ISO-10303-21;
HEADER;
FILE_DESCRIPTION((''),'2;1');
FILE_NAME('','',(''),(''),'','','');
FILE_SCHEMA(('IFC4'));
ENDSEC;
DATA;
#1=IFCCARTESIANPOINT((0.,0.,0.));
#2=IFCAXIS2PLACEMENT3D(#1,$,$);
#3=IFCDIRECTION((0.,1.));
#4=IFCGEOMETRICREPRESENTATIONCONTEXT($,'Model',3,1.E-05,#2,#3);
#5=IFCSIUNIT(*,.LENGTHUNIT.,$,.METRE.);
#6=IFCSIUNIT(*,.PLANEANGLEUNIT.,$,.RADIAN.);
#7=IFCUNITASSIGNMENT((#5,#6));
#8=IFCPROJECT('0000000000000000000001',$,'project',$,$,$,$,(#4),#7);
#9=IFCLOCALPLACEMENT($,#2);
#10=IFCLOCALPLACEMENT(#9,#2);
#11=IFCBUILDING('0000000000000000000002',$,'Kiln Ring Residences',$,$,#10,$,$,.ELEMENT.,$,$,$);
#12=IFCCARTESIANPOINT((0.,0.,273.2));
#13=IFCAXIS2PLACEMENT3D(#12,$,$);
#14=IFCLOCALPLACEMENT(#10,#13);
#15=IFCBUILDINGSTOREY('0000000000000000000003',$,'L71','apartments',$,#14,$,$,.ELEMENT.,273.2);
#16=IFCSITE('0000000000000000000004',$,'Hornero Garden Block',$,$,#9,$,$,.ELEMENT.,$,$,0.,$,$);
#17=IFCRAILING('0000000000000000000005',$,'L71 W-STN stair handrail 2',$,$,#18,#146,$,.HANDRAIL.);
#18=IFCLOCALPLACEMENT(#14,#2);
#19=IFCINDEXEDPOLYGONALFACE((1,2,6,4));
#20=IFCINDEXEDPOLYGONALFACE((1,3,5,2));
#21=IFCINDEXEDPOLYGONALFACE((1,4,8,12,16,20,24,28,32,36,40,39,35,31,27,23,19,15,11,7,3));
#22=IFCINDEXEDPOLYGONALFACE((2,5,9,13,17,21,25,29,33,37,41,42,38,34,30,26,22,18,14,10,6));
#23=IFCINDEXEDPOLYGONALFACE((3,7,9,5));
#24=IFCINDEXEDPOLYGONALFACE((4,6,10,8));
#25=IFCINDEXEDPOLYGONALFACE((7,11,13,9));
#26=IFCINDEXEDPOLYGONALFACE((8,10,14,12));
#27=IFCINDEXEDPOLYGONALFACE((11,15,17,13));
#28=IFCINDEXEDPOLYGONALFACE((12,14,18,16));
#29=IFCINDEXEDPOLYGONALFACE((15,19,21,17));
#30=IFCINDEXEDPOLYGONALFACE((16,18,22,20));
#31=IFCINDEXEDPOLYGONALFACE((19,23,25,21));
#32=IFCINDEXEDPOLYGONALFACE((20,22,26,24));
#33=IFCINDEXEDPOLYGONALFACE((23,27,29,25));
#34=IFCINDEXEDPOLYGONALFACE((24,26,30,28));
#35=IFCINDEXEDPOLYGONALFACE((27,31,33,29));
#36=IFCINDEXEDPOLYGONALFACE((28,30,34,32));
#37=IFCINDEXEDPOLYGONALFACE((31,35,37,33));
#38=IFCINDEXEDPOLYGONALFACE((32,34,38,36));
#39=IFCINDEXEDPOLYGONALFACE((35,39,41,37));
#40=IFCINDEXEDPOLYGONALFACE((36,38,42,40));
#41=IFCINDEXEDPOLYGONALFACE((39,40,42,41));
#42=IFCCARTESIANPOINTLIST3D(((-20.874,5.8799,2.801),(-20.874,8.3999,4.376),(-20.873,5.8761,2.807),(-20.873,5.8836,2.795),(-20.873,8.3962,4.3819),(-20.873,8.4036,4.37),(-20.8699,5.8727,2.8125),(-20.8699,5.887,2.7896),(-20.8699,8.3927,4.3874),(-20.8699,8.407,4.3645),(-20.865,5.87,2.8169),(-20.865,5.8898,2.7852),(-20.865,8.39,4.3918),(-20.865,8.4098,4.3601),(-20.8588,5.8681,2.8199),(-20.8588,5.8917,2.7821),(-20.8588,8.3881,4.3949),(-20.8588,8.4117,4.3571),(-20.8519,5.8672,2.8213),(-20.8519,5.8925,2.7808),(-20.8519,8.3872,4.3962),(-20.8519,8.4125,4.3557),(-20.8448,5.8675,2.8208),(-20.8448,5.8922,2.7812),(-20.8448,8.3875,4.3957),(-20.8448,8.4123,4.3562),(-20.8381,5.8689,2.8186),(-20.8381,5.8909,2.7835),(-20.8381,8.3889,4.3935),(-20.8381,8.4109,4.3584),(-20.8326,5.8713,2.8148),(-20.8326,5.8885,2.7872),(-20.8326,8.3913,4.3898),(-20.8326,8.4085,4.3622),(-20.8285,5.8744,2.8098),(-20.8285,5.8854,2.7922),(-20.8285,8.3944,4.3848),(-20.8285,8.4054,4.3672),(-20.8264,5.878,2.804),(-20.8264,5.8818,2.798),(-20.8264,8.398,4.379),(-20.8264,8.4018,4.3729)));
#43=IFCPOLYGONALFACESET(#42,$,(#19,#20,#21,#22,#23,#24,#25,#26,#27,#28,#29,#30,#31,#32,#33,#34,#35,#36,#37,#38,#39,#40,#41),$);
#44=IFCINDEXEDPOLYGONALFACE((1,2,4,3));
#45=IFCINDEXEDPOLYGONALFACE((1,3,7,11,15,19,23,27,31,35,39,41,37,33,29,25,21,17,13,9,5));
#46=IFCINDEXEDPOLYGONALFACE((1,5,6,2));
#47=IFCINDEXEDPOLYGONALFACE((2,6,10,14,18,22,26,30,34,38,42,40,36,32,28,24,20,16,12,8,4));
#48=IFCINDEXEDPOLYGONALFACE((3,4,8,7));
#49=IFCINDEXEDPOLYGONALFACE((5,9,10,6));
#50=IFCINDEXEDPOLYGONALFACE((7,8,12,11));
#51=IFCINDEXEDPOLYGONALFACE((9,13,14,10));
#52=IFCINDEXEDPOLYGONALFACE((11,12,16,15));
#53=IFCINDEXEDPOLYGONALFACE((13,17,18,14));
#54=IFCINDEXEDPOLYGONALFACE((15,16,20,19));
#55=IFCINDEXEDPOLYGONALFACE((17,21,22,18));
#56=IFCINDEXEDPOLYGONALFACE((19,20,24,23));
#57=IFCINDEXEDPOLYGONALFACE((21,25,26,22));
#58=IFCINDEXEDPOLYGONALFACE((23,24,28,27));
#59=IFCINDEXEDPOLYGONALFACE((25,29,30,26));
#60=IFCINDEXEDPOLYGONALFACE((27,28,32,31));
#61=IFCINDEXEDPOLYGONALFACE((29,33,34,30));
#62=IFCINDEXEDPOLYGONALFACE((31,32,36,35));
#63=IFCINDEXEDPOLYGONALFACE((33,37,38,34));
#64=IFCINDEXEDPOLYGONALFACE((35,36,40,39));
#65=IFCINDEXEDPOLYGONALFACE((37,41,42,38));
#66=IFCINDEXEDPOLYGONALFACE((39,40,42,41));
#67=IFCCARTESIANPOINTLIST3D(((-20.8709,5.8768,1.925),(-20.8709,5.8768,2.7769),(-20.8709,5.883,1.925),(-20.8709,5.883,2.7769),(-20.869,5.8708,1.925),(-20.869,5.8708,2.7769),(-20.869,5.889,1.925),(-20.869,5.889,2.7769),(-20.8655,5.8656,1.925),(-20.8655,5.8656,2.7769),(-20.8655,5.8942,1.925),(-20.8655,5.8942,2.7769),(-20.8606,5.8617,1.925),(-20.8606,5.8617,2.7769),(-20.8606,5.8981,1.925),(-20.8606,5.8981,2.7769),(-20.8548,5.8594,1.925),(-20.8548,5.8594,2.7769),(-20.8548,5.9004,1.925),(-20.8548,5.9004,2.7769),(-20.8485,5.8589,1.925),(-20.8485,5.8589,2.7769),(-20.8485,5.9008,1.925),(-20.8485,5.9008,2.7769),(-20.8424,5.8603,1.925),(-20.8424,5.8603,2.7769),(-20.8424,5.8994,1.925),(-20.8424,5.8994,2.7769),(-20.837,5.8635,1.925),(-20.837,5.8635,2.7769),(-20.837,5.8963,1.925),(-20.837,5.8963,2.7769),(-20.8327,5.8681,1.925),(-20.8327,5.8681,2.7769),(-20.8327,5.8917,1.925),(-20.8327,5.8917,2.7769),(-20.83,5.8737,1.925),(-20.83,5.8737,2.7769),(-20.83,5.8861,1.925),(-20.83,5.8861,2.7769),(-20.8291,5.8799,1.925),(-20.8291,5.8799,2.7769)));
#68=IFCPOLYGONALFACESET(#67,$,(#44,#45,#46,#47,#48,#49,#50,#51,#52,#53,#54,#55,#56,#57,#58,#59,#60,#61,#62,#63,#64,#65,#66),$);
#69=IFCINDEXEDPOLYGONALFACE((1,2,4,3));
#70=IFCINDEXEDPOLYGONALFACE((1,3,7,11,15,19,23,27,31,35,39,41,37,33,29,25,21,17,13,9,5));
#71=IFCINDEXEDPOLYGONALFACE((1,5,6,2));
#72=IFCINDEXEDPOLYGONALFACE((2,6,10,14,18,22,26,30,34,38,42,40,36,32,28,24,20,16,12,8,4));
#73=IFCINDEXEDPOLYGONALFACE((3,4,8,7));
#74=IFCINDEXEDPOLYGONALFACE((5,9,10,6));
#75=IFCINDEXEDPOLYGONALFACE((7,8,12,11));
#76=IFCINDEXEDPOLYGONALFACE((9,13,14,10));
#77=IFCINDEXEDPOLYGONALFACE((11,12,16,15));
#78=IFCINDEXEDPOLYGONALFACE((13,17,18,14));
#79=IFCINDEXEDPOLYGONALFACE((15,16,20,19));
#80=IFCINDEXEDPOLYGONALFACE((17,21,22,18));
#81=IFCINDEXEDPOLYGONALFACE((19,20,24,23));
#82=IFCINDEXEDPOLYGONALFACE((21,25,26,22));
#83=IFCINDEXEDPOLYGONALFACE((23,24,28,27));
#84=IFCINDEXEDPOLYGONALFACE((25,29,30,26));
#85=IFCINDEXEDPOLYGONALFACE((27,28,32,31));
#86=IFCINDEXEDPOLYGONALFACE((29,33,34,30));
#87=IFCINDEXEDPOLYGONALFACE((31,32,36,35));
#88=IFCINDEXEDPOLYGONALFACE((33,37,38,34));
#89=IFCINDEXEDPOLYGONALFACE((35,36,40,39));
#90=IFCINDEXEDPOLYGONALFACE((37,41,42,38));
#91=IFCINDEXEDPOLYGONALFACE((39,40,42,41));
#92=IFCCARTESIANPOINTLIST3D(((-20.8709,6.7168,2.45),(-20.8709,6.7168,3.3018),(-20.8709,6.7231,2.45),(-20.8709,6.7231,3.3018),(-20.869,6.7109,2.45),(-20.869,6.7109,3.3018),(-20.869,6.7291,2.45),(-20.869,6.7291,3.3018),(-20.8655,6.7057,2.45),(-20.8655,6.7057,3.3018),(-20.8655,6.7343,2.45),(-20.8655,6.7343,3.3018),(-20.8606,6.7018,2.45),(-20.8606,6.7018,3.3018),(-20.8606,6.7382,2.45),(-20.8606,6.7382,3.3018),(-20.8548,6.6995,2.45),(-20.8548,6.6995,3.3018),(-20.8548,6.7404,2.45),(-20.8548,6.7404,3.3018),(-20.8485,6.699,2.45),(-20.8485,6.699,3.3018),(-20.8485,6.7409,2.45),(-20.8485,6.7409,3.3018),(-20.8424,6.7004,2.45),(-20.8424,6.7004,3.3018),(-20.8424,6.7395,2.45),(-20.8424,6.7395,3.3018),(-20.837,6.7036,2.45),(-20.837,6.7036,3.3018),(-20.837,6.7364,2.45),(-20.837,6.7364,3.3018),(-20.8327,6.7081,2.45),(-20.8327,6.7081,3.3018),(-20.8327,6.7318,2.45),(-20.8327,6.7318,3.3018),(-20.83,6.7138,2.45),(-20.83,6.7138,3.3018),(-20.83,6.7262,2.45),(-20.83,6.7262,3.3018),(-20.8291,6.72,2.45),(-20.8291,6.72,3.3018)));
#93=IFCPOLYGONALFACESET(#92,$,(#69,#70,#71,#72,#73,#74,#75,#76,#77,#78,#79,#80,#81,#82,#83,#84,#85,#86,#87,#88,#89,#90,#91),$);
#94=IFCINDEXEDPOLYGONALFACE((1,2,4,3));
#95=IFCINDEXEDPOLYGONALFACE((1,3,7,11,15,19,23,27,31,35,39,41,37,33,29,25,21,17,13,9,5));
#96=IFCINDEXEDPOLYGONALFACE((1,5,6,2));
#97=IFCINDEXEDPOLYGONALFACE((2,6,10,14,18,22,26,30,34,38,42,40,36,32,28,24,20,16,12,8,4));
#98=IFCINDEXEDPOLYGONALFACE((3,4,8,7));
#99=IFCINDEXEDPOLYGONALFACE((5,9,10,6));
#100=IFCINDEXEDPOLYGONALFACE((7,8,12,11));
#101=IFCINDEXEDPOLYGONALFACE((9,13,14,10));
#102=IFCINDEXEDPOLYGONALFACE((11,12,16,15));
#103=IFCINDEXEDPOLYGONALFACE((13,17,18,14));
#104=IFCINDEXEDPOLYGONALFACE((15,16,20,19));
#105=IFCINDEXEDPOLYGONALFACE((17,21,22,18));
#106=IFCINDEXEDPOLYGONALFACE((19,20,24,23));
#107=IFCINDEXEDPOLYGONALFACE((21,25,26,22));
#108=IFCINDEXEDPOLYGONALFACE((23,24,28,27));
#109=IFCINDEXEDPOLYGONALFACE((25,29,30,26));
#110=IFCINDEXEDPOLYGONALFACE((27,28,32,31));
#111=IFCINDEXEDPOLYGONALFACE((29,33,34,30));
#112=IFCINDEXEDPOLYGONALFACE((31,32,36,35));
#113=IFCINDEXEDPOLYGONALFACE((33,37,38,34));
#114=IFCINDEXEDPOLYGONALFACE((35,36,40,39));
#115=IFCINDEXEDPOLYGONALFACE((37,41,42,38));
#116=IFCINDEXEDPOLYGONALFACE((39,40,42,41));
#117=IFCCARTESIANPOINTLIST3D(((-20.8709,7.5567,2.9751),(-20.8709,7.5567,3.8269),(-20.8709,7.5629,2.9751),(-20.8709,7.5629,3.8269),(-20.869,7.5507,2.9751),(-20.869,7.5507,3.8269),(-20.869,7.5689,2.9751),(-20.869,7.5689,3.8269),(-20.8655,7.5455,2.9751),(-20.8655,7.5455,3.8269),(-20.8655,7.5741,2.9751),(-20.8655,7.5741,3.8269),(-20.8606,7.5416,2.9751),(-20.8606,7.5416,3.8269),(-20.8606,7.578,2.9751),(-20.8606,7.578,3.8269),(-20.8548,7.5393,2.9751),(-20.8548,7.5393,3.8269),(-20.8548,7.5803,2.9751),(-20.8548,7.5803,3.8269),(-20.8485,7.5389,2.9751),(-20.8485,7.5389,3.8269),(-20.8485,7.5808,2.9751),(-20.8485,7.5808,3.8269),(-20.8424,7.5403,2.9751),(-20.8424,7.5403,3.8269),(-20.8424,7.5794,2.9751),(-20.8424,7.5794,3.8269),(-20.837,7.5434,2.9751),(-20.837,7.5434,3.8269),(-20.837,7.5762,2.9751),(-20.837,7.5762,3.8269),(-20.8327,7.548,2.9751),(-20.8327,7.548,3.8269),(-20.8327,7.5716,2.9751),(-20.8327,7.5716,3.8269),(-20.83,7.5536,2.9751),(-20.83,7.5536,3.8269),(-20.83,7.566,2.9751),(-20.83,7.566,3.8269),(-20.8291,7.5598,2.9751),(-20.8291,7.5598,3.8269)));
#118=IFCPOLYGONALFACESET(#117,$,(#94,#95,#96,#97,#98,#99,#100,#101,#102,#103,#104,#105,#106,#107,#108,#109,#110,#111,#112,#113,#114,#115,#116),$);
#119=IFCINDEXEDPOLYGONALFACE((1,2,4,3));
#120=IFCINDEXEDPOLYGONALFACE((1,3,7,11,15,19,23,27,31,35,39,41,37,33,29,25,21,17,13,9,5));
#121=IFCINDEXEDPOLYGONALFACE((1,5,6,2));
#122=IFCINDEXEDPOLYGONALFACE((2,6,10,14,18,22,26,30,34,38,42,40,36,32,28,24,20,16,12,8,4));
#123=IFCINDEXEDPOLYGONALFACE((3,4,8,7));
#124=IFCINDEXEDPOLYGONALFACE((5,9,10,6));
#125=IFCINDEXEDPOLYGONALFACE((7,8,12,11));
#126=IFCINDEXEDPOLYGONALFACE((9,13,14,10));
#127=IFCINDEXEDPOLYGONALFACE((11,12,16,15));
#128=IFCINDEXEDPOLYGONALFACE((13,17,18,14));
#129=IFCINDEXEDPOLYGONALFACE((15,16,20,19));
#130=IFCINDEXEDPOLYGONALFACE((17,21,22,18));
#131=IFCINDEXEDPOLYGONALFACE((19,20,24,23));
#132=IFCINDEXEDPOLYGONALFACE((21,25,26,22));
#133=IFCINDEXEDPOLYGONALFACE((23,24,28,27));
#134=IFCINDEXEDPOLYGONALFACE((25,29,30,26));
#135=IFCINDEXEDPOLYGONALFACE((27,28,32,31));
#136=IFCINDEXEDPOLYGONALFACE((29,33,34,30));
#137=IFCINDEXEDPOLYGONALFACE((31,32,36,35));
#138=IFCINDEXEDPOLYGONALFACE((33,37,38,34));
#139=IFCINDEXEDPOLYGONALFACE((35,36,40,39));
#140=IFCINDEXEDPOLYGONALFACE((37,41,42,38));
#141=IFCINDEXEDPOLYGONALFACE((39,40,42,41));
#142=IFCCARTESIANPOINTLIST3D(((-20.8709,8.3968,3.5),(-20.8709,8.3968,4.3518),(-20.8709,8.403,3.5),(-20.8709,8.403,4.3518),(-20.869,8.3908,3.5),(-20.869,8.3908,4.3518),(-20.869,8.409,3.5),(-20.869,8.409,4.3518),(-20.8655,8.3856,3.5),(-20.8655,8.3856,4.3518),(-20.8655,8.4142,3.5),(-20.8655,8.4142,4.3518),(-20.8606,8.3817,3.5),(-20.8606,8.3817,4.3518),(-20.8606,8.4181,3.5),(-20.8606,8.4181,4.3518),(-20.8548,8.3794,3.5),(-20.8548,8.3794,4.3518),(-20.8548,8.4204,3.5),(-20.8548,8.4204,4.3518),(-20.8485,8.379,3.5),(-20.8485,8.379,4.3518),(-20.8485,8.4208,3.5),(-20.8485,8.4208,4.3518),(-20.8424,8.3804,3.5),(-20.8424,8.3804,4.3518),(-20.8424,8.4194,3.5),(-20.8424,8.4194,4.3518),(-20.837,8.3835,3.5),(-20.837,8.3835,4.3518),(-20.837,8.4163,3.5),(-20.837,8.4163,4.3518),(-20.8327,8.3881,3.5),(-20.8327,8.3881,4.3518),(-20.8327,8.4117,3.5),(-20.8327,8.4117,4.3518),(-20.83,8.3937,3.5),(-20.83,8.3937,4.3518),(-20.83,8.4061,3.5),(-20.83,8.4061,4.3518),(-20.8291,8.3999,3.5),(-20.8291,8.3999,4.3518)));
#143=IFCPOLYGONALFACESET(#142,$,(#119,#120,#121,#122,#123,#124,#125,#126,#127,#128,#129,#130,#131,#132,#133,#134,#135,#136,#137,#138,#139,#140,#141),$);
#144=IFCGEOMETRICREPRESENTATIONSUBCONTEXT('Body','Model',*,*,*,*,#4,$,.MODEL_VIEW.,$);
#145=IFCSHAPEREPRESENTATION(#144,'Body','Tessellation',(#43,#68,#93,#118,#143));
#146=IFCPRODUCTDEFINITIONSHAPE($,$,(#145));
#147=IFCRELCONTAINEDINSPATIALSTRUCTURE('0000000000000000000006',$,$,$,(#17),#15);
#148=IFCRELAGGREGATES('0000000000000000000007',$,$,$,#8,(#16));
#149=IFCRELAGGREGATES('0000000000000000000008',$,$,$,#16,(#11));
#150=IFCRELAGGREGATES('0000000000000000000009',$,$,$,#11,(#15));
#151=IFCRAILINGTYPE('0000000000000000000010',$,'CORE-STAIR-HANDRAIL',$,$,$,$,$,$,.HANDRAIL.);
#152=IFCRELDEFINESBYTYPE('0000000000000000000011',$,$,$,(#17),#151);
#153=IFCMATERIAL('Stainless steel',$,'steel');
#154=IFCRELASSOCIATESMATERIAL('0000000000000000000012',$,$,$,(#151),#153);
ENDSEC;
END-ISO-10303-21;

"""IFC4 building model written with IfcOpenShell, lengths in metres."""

from ifc_helpers import new_model, si_unit, direction, frame, origin, origin_2d, place, context, subcontext, project, spatial, circle, extrude, material, type_object, element, save


model = new_model("IFC4")

# Units and contexts
model_context = context("Model", 3, precision=1e-05, world=origin(), true_north=direction((0.0, 1.0)))
body_context = subcontext(model_context, "Body", "Model", "MODEL_VIEW")
ifc_project = project(units=[si_unit("LENGTHUNIT", "METRE"), si_unit("PLANEANGLEUNIT", "RADIAN")], contexts=[model_context])

# Site, building, storey
site_placement = place(None, origin())
site = spatial("IfcSite", under=ifc_project, at=site_placement, Name="Hornero Garden Block", CompositionType="ELEMENT", RefElevation=0.0)
building_placement = place(site_placement, origin())
building = spatial("IfcBuilding", under=site, at=building_placement, Name="Kiln Ring Residences", CompositionType="ELEMENT")
storey_placement = place(building_placement, frame((0.0, 0.0, 273.2)))
storey = spatial("IfcBuildingStorey", under=building, at=storey_placement, Name="L71", Description="apartments", CompositionType="ELEMENT", Elevation=273.2)

# Railing
ifc_material_1 = material(Name="Stainless steel", Category="steel")
railing_type_1 = type_object("IfcRailingType", Name="CORE-STAIR-HANDRAIL", PredefinedType="HANDRAIL", material=ifc_material_1)
railing_1_placement = place(storey_placement, frame((-20.8501, 5.8799, 1.925)))
element("IfcRailing", 1, at=railing_1_placement, inside=storey, type_object=railing_type_1, Name="L71 W-STN stair handrail 2", PredefinedType="HANDRAIL", context=body_context, shape_type="SweptSolid", body=[
    extrude(circle(Radius=0.0239, at=origin_2d()), frame((0.0, 0.0, 0.876), z_axis=(0.0, 0.848008, 0.529984), x_axis=(-1.0, 0.0, 0.0)), (0.0, 0.0, 1.0), 2.9717),
    extrude(circle(Radius=0.021, at=origin_2d()), origin(), (0.0, 0.0, 1.0), 0.8518),
    extrude(circle(Radius=0.021, at=origin_2d()), frame((0.0, 0.8401, 0.5249)), (0.0, 0.0, 1.0), 0.8518),
    extrude(circle(Radius=0.021, at=origin_2d()), frame((0.0, 1.6799, 1.05)), (0.0, 0.0, 1.0), 0.8518),
    extrude(circle(Radius=0.021, at=origin_2d()), frame((0.0, 2.52, 1.575)), (0.0, 0.0, 1.0), 0.8518),
])

save(model, "model.ifc")
